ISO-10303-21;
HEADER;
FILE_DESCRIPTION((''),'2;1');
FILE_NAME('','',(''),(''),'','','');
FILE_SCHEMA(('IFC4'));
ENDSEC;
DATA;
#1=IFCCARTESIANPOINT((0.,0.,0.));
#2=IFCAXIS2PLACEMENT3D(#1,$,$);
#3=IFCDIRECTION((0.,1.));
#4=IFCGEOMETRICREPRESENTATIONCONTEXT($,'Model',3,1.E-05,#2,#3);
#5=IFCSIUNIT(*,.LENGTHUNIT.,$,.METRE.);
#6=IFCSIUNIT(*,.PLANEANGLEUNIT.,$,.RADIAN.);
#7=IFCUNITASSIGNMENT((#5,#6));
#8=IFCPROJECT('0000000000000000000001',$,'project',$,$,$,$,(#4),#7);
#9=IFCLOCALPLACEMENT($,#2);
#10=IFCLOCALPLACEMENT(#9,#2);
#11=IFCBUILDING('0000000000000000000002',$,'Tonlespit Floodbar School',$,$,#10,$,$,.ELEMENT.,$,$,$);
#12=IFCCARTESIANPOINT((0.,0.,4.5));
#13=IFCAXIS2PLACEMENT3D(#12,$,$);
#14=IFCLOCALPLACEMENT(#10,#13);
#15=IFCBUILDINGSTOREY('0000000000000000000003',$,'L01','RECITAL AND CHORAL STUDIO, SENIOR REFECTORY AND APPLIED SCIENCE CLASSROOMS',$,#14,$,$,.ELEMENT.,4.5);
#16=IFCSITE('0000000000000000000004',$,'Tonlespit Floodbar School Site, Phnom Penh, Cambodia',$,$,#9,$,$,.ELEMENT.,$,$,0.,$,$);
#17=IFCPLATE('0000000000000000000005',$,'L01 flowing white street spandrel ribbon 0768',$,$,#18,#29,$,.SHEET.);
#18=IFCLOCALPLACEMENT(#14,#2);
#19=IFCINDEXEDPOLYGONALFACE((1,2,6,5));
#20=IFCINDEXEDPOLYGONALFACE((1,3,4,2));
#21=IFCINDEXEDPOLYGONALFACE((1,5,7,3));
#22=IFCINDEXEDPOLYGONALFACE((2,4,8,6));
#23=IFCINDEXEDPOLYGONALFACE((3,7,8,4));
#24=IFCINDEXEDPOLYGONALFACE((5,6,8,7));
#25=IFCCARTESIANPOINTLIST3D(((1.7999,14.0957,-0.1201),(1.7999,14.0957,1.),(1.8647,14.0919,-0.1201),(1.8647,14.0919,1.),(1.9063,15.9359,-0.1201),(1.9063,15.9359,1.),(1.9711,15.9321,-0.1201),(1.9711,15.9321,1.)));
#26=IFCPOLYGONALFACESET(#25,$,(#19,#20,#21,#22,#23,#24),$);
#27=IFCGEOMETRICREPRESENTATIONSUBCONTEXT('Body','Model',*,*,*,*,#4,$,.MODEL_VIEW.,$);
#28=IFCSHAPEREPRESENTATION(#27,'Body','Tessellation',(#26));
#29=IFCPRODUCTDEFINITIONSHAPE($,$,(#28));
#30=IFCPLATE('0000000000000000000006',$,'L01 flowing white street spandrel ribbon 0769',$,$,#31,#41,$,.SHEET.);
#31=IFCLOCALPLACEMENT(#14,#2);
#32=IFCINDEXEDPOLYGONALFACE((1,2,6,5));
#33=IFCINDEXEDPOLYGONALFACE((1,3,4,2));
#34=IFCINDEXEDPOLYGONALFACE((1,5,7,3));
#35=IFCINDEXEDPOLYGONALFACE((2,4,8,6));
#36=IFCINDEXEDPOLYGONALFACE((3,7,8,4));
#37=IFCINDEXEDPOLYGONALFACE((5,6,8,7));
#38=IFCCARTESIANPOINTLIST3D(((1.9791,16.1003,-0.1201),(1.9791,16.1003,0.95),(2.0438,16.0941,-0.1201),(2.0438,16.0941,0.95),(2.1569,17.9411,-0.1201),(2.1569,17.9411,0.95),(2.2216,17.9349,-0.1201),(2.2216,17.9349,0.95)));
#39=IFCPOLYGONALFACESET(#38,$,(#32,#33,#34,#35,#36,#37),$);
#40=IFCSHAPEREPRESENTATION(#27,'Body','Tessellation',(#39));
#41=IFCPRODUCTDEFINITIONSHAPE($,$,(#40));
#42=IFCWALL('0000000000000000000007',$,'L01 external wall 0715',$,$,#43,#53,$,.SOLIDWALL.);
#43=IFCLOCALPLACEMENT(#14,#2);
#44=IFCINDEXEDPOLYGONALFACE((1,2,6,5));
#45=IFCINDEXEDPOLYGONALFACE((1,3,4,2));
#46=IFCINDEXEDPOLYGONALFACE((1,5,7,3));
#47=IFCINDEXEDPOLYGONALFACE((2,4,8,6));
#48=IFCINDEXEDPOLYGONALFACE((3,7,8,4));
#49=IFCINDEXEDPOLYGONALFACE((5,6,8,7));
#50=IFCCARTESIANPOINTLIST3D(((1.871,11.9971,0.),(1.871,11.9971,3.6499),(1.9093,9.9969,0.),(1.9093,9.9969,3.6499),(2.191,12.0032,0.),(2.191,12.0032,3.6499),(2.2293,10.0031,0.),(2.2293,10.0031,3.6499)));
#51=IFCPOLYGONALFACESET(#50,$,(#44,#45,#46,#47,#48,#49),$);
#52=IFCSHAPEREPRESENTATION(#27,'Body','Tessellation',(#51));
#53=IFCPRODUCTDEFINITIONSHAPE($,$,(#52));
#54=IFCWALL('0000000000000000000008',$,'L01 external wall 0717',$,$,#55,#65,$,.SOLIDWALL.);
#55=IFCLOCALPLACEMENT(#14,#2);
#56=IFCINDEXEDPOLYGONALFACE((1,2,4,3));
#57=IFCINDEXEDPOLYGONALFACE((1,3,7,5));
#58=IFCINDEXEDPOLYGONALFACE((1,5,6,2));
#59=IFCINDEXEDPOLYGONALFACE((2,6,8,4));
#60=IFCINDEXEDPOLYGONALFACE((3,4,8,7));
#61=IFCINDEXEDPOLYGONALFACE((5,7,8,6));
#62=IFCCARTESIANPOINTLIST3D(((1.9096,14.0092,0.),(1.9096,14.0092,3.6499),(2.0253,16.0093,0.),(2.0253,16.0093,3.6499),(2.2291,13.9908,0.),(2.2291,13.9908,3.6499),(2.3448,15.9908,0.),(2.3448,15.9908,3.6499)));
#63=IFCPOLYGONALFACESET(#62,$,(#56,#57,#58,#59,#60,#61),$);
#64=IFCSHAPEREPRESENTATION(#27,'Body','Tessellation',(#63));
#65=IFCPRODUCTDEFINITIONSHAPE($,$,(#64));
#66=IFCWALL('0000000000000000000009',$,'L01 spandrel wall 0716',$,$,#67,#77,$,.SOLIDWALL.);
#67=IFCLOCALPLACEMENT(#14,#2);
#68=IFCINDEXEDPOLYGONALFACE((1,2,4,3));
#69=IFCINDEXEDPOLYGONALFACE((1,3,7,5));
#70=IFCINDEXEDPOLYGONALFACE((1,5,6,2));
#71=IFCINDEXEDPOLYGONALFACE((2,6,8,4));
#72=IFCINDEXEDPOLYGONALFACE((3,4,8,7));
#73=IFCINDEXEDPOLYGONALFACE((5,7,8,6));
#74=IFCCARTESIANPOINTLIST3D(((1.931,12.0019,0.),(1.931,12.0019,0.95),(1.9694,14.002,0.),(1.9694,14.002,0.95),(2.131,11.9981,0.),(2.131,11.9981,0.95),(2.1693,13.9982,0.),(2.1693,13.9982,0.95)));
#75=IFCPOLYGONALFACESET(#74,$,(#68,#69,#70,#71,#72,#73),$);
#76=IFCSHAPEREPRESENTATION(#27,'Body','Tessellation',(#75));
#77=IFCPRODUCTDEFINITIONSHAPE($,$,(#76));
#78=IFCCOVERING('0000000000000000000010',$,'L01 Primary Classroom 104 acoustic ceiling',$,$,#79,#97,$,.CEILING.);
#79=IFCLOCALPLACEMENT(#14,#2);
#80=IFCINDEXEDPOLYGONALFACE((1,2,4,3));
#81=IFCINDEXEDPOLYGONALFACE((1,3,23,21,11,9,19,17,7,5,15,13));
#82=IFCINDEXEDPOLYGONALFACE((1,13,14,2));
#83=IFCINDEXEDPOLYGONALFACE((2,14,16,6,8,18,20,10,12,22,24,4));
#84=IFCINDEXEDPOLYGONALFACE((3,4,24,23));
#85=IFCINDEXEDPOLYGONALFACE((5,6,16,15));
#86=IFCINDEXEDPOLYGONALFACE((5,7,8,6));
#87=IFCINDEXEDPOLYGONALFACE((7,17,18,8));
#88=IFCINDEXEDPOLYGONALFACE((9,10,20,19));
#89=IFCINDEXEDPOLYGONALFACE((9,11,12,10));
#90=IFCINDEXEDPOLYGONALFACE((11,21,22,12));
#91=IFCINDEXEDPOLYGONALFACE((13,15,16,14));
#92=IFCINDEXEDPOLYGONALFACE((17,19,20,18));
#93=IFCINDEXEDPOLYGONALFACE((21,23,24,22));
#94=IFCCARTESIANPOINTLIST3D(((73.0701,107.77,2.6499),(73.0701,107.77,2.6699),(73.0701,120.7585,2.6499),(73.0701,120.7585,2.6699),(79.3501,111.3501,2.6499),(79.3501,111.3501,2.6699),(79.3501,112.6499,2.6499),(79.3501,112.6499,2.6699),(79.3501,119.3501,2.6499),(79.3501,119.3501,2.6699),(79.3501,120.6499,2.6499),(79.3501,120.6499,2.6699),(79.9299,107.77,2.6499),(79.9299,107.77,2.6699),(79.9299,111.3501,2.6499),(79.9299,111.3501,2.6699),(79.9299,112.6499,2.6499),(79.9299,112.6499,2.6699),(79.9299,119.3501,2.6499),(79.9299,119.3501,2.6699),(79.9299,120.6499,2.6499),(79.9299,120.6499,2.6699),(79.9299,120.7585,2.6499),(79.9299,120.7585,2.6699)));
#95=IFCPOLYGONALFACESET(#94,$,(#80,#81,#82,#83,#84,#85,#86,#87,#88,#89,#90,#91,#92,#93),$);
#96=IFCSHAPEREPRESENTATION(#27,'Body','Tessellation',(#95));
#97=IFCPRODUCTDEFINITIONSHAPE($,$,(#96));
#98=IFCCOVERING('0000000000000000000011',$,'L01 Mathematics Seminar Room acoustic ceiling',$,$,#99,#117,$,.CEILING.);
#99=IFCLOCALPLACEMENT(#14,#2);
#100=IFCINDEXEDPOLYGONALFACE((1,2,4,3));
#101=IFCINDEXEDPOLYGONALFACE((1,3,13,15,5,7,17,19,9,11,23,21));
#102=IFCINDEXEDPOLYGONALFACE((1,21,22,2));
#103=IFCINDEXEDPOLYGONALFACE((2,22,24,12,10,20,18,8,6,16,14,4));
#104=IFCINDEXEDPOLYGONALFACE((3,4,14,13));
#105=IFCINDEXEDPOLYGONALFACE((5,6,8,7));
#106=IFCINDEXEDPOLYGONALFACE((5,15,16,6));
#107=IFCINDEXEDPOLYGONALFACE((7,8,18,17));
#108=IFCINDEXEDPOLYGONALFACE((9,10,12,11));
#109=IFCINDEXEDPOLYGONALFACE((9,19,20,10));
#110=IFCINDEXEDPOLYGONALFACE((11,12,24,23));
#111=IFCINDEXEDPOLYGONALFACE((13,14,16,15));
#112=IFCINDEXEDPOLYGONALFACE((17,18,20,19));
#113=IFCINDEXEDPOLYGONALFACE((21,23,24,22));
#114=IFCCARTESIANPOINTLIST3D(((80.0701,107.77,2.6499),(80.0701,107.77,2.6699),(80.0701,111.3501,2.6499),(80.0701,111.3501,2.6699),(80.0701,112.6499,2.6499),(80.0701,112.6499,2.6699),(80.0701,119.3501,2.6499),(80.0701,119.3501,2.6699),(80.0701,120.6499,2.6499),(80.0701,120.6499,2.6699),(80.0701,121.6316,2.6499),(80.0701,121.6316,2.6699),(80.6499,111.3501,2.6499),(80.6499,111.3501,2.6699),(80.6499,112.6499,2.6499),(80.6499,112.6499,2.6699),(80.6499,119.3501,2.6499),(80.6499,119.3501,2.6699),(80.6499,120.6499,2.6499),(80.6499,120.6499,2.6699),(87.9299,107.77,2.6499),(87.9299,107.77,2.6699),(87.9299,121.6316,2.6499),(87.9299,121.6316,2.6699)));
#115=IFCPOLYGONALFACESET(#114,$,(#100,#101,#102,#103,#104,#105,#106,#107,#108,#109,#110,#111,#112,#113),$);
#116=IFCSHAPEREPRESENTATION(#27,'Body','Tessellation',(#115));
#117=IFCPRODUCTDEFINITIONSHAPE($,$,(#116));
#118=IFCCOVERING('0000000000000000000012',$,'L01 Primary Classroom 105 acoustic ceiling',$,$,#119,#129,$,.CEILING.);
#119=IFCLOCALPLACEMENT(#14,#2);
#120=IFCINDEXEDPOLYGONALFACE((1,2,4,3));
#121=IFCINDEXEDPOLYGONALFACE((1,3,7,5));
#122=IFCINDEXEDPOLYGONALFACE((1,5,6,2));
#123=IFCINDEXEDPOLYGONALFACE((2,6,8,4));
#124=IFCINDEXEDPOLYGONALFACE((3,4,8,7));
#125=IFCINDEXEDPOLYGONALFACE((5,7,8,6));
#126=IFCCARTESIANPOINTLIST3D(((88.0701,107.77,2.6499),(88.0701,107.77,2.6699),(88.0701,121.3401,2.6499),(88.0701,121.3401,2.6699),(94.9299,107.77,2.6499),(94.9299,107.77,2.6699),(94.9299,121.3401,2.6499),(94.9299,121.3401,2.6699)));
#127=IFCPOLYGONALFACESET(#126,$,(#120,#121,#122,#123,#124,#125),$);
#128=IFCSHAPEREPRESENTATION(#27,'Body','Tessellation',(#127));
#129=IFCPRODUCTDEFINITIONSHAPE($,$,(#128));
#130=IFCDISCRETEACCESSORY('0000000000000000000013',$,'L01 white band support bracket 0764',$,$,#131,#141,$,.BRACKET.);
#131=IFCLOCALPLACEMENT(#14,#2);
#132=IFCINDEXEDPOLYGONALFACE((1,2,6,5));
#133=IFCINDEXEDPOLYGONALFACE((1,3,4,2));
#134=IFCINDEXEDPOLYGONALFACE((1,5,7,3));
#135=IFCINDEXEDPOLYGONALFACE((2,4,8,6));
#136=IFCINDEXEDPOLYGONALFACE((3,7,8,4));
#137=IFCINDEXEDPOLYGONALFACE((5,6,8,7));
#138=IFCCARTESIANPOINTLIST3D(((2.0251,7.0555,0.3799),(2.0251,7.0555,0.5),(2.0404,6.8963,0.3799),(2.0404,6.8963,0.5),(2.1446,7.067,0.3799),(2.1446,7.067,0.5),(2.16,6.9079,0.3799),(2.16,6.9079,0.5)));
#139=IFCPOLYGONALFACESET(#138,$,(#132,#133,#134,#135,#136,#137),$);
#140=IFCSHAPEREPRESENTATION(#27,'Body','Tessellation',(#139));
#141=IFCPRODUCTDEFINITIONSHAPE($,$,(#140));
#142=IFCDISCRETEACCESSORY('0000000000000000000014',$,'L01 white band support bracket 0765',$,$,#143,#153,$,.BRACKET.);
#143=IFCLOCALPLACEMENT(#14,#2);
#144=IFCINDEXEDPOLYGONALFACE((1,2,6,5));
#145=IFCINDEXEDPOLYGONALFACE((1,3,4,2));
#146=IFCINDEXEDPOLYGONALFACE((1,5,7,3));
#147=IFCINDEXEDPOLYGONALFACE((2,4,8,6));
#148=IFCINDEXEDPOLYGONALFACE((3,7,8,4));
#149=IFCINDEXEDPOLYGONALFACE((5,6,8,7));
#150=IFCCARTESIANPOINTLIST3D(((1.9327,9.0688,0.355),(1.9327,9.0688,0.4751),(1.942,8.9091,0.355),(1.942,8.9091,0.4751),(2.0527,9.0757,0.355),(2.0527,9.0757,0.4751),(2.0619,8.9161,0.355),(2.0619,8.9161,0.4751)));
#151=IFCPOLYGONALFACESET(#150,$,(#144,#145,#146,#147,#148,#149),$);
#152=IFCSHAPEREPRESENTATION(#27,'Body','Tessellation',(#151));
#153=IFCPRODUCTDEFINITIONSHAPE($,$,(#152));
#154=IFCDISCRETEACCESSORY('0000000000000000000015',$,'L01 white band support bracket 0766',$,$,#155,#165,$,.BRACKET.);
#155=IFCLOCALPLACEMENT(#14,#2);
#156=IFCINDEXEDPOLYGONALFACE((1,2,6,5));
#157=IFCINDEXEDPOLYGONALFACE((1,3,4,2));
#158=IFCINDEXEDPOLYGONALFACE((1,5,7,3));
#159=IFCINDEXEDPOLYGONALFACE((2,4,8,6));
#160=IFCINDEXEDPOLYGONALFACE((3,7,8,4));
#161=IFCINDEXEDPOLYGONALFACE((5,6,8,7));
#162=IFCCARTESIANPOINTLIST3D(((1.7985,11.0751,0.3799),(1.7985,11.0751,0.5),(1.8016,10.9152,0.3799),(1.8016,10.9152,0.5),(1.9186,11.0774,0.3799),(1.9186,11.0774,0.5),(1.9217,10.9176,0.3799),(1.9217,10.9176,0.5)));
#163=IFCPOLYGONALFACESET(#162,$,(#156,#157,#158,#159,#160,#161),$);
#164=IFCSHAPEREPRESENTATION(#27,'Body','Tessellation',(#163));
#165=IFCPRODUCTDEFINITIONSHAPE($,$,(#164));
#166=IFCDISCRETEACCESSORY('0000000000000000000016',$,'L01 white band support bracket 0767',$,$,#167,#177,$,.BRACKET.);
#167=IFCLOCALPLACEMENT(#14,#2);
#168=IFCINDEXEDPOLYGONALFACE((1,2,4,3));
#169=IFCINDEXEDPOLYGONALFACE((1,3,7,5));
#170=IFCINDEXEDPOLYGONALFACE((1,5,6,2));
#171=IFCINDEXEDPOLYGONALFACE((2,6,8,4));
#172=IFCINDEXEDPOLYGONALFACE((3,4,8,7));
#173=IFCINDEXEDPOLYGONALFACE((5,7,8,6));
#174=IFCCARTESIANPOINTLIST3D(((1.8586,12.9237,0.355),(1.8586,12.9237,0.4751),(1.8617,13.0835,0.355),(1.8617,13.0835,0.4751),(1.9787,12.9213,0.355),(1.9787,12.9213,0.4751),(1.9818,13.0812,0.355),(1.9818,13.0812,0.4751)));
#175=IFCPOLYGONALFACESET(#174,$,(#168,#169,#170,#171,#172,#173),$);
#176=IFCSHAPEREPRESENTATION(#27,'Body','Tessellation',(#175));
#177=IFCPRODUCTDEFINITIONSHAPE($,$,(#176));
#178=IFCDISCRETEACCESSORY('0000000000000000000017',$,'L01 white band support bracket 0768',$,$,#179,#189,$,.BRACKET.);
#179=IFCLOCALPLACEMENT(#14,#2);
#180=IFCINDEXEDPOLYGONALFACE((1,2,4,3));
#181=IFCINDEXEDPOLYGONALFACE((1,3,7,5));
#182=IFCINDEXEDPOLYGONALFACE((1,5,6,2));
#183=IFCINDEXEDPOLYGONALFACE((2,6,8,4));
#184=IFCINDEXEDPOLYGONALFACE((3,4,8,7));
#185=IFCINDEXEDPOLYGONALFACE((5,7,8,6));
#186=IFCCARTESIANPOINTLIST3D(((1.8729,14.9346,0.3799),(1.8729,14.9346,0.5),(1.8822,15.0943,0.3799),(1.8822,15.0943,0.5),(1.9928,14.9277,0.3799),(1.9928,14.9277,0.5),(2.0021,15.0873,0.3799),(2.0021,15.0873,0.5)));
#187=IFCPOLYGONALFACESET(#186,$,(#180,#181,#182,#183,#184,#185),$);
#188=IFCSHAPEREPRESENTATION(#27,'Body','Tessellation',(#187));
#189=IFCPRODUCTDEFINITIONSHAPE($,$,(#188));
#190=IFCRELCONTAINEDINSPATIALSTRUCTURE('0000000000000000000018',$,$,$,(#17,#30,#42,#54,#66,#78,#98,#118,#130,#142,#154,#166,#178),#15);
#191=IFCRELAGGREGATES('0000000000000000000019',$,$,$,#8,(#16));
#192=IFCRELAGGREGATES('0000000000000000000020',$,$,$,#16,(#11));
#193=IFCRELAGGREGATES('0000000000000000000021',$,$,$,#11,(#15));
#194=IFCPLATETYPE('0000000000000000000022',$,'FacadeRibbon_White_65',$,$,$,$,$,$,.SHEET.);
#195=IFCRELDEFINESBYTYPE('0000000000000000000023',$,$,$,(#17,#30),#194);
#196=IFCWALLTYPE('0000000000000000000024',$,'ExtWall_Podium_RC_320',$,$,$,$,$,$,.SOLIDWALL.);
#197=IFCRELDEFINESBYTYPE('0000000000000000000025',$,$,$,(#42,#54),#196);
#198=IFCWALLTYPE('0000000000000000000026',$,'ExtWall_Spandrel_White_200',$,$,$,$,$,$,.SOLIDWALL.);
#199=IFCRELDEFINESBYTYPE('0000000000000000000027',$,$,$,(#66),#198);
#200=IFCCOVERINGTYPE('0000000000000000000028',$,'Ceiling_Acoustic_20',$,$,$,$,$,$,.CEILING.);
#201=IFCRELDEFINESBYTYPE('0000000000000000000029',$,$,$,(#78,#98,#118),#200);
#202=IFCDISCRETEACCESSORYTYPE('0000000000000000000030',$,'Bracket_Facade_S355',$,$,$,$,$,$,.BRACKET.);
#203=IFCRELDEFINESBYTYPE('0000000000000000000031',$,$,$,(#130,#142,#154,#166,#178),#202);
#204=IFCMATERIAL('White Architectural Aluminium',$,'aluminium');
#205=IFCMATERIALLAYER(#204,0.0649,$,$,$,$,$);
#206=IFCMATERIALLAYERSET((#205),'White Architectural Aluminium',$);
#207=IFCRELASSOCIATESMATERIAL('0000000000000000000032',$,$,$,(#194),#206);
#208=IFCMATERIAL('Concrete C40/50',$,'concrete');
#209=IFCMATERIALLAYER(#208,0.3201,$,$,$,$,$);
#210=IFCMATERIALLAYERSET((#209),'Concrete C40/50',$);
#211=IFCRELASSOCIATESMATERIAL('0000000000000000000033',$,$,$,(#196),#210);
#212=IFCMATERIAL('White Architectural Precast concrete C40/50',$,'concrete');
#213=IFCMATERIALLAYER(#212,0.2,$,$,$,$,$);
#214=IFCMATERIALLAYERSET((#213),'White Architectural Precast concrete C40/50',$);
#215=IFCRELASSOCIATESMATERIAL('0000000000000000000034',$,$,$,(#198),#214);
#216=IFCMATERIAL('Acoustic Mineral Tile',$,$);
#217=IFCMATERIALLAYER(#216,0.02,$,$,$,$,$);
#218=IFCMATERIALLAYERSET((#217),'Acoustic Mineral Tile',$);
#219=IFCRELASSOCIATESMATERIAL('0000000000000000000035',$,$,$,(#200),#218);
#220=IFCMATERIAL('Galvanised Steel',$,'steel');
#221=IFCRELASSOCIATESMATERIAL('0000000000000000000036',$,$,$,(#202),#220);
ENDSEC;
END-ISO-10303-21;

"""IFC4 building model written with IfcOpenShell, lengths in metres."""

from ifc_helpers import new_model, si_unit, direction, frame, frame_2d, origin, origin_2d, place, context, subcontext, project, spatial, polyline, rectangle, outline, extrude, material, layer, layer_set, type_object, element, save


model = new_model("IFC4")

# Units and contexts
model_context = context("Model", 3, precision=1e-05, world=origin(), true_north=direction((0.0, 1.0)))
body_context = subcontext(model_context, "Body", "Model", "MODEL_VIEW")
ifc_project = project(units=[si_unit("LENGTHUNIT", "METRE"), si_unit("PLANEANGLEUNIT", "RADIAN")], contexts=[model_context])

# Site, building, storey
site_placement = place(None, origin())
site = spatial("IfcSite", under=ifc_project, at=site_placement, Name="Tonlespit Floodbar School Site, Phnom Penh, Cambodia", CompositionType="ELEMENT", RefElevation=0.0)
building_placement = place(site_placement, origin())
building = spatial("IfcBuilding", under=site, at=building_placement, Name="Tonlespit Floodbar School", CompositionType="ELEMENT")
storey_placement = place(building_placement, frame((0.0, 0.0, 4.5)))
storey = spatial("IfcBuildingStorey", under=building, at=storey_placement, Name="L01", Description="RECITAL AND CHORAL STUDIO, SENIOR REFECTORY AND APPLIED SCIENCE CLASSROOMS", CompositionType="ELEMENT", Elevation=4.5)

# Plates
ifc_material_1 = material(Name="White Architectural Aluminium", Category="aluminium")
ifc_layer_1 = layer(ifc_material_1, 0.0649)
ifc_layer_set_1 = layer_set([ifc_layer_1], Name="White Architectural Aluminium")
plate_type_1 = type_object("IfcPlateType", Name="FacadeRibbon_White_65", PredefinedType="SHEET", material=ifc_layer_set_1)
plate_1_placement = place(storey_placement, frame((1.8855, 15.0139, -0.1201), z_axis=(0.0, 0.0, 1.0), x_axis=(0.057703, 0.998334, 0.0)))
element("IfcPlate", 1, at=plate_1_placement, inside=storey, type_object=plate_type_1, Name="L01 flowing white street spandrel ribbon 0768", PredefinedType="SHEET", context=body_context, shape_type="SweptSolid", body=[
    extrude(rectangle(XDim=1.8433, YDim=0.0649, at=origin_2d()), origin(), (0.0, 0.0, 1.0), 1.1201),
])
plate_2_placement = place(storey_placement, frame((2.1003, 17.0176, -0.1201), z_axis=(0.0, 0.0, 1.0), x_axis=(0.096153, 0.995367, 0.0)))
element("IfcPlate", 2, at=plate_2_placement, inside=storey, type_object=plate_type_1, Name="L01 flowing white street spandrel ribbon 0769", PredefinedType="SHEET", context=body_context, shape_type="SweptSolid", body=[
    extrude(rectangle(XDim=1.8494, YDim=0.0649, at=origin_2d()), origin(), (0.0, 0.0, 1.0), 1.0701),
])

# Walls
ifc_material_2 = material(Name="Concrete C40/50", Category="concrete")
ifc_layer_2 = layer(ifc_material_2, 0.3201)
ifc_layer_set_2 = layer_set([ifc_layer_2], Name="Concrete C40/50")
wall_type_1 = type_object("IfcWallType", Name="ExtWall_Podium_RC_320", PredefinedType="SOLIDWALL", material=ifc_layer_set_2)
wall_1_placement = place(storey_placement, frame((2.0693, 10.0, 0.0), z_axis=(0.0, 0.0, 1.0), x_axis=(-0.019162, 0.999816, 0.0)))
element("IfcWall", 3, at=wall_1_placement, inside=storey, type_object=wall_type_1, Name="L01 external wall 0715", PredefinedType="SOLIDWALL", context=body_context, shape_type="SweptSolid", body=[
    extrude(rectangle(XDim=2.0005, YDim=0.3201, at=frame_2d((1.0002, 0.0))), origin(), (0.0, 0.0, 1.0), 3.6499),
])
wall_2_placement = place(storey_placement, frame((2.0693, 14.0, 0.0), z_axis=(0.0, 0.0, 1.0), x_axis=(0.057765, 0.99833, 0.0)))
element("IfcWall", 4, at=wall_2_placement, inside=storey, type_object=wall_type_1, Name="L01 external wall 0717", PredefinedType="SOLIDWALL", context=body_context, shape_type="SweptSolid", body=[
    extrude(rectangle(XDim=2.0034, YDim=0.3201, at=frame_2d((1.0017, 0.0))), origin(), (0.0, 0.0, 1.0), 3.6499),
])
ifc_material_3 = material(Name="White Architectural Precast concrete C40/50", Category="concrete")
ifc_layer_3 = layer(ifc_material_3, 0.2)
ifc_layer_set_3 = layer_set([ifc_layer_3], Name="White Architectural Precast concrete C40/50")
wall_type_2 = type_object("IfcWallType", Name="ExtWall_Spandrel_White_200", PredefinedType="SOLIDWALL", material=ifc_layer_set_3)
wall_3_placement = place(storey_placement, frame((2.031, 12.0, 0.0), z_axis=(0.0, 0.0, 1.0), x_axis=(0.019162, 0.999816, 0.0)))
element("IfcWall", 5, at=wall_3_placement, inside=storey, type_object=wall_type_2, Name="L01 spandrel wall 0716", PredefinedType="SOLIDWALL", context=body_context, shape_type="SweptSolid", body=[
    extrude(rectangle(XDim=2.0005, YDim=0.2, at=frame_2d((1.0002, 0.0))), origin(), (0.0, 0.0, 1.0), 0.95),
])

# Coverings
ifc_material_4 = material(Name="Acoustic Mineral Tile")
ifc_layer_4 = layer(ifc_material_4, 0.02)
ifc_layer_set_4 = layer_set([ifc_layer_4], Name="Acoustic Mineral Tile")
covering_type = type_object("IfcCoveringType", Name="Ceiling_Acoustic_20", PredefinedType="CEILING", material=ifc_layer_set_4)
covering_1_placement = place(storey_placement, frame((0.0, 0.0, 2.6499)))
element("IfcCovering", 6, at=covering_1_placement, inside=storey, type_object=covering_type, Name="L01 Primary Classroom 104 acoustic ceiling", PredefinedType="CEILING", context=body_context, shape_type="SweptSolid", body=[
    extrude(outline(polyline([(79.9299, 120.6499), (79.3501, 120.6499), (79.3501, 119.3501), (79.9299, 119.3501), (79.9299, 112.6499), (79.3501, 112.6499), (79.3501, 111.3501), (79.9299, 111.3501), (79.9299, 107.77), (73.0701, 107.77), (73.0701, 120.7585), (79.9299, 120.7585), (79.9299, 120.6499)])), origin(), (0.0, 0.0, 1.0), 0.02),
])
covering_2_placement = place(storey_placement, frame((0.0, 0.0, 2.6499)))
element("IfcCovering", 7, at=covering_2_placement, inside=storey, type_object=covering_type, Name="L01 Mathematics Seminar Room acoustic ceiling", PredefinedType="CEILING", context=body_context, shape_type="SweptSolid", body=[
    extrude(outline(polyline([(80.0701, 119.3501), (80.6499, 119.3501), (80.6499, 120.6499), (80.0701, 120.6499), (80.0701, 121.6316), (87.9299, 121.6316), (87.9299, 107.77), (80.0701, 107.77), (80.0701, 111.3501), (80.6499, 111.3501), (80.6499, 112.6499), (80.0701, 112.6499), (80.0701, 119.3501)])), origin(), (0.0, 0.0, 1.0), 0.02),
])
covering_3_placement = place(storey_placement, frame((0.0, 0.0, 2.6499)))
element("IfcCovering", 8, at=covering_3_placement, inside=storey, type_object=covering_type, Name="L01 Primary Classroom 105 acoustic ceiling", PredefinedType="CEILING", context=body_context, shape_type="SweptSolid", body=[
    extrude(outline(polyline([(88.0701, 107.77), (88.0701, 121.3401), (94.9299, 121.3401), (94.9299, 107.77), (88.0701, 107.77)])), origin(), (0.0, 0.0, 1.0), 0.02),
])

# Discrete accessories
ifc_material_5 = material(Name="Galvanised Steel", Category="steel")
discrete_accessory_type = type_object("IfcDiscreteAccessoryType", Name="Bracket_Facade_S355", PredefinedType="BRACKET", material=ifc_material_5)
for number, where, z_axis, x_axis, name in (
    (9, (2.0925, 6.9817, 0.3799), (0.0, 0.0, 1.0), (-0.096153, 0.995367, 0.0), "L01 white band support bracket 0764"),
    (10, (1.9973, 8.9924, 0.355), (0.0, 0.0, 1.0), (-0.057703, 0.998334, 0.0), "L01 white band support bracket 0765"),
    (11, (1.8601, 10.9963, 0.3799), (0.0, 0.0, 1.0), (-0.019246, 0.999815, 0.0), "L01 white band support bracket 0766"),
    (12, (1.9202, 13.0024, 0.355), (0.0, 0.0, 1.0), (0.019246, 0.999815, 0.0), "L01 white band support bracket 0767"),
    (13, (1.9375, 15.011, 0.3799), (0.0, 0.0, 1.0), (0.057703, 0.998334, 0.0), "L01 white band support bracket 0768"),
):
    element("IfcDiscreteAccessory", number, at=place(storey_placement, frame(where, z_axis=z_axis, x_axis=x_axis)), inside=storey, type_object=discrete_accessory_type, Name=name, PredefinedType="BRACKET", context=body_context, shape_type="SweptSolid", body=[
        extrude(rectangle(XDim=0.1599, YDim=0.1201, at=origin_2d()), origin(), (0.0, 0.0, 1.0), 0.1201),
    ])

save(model, "model.ifc")
